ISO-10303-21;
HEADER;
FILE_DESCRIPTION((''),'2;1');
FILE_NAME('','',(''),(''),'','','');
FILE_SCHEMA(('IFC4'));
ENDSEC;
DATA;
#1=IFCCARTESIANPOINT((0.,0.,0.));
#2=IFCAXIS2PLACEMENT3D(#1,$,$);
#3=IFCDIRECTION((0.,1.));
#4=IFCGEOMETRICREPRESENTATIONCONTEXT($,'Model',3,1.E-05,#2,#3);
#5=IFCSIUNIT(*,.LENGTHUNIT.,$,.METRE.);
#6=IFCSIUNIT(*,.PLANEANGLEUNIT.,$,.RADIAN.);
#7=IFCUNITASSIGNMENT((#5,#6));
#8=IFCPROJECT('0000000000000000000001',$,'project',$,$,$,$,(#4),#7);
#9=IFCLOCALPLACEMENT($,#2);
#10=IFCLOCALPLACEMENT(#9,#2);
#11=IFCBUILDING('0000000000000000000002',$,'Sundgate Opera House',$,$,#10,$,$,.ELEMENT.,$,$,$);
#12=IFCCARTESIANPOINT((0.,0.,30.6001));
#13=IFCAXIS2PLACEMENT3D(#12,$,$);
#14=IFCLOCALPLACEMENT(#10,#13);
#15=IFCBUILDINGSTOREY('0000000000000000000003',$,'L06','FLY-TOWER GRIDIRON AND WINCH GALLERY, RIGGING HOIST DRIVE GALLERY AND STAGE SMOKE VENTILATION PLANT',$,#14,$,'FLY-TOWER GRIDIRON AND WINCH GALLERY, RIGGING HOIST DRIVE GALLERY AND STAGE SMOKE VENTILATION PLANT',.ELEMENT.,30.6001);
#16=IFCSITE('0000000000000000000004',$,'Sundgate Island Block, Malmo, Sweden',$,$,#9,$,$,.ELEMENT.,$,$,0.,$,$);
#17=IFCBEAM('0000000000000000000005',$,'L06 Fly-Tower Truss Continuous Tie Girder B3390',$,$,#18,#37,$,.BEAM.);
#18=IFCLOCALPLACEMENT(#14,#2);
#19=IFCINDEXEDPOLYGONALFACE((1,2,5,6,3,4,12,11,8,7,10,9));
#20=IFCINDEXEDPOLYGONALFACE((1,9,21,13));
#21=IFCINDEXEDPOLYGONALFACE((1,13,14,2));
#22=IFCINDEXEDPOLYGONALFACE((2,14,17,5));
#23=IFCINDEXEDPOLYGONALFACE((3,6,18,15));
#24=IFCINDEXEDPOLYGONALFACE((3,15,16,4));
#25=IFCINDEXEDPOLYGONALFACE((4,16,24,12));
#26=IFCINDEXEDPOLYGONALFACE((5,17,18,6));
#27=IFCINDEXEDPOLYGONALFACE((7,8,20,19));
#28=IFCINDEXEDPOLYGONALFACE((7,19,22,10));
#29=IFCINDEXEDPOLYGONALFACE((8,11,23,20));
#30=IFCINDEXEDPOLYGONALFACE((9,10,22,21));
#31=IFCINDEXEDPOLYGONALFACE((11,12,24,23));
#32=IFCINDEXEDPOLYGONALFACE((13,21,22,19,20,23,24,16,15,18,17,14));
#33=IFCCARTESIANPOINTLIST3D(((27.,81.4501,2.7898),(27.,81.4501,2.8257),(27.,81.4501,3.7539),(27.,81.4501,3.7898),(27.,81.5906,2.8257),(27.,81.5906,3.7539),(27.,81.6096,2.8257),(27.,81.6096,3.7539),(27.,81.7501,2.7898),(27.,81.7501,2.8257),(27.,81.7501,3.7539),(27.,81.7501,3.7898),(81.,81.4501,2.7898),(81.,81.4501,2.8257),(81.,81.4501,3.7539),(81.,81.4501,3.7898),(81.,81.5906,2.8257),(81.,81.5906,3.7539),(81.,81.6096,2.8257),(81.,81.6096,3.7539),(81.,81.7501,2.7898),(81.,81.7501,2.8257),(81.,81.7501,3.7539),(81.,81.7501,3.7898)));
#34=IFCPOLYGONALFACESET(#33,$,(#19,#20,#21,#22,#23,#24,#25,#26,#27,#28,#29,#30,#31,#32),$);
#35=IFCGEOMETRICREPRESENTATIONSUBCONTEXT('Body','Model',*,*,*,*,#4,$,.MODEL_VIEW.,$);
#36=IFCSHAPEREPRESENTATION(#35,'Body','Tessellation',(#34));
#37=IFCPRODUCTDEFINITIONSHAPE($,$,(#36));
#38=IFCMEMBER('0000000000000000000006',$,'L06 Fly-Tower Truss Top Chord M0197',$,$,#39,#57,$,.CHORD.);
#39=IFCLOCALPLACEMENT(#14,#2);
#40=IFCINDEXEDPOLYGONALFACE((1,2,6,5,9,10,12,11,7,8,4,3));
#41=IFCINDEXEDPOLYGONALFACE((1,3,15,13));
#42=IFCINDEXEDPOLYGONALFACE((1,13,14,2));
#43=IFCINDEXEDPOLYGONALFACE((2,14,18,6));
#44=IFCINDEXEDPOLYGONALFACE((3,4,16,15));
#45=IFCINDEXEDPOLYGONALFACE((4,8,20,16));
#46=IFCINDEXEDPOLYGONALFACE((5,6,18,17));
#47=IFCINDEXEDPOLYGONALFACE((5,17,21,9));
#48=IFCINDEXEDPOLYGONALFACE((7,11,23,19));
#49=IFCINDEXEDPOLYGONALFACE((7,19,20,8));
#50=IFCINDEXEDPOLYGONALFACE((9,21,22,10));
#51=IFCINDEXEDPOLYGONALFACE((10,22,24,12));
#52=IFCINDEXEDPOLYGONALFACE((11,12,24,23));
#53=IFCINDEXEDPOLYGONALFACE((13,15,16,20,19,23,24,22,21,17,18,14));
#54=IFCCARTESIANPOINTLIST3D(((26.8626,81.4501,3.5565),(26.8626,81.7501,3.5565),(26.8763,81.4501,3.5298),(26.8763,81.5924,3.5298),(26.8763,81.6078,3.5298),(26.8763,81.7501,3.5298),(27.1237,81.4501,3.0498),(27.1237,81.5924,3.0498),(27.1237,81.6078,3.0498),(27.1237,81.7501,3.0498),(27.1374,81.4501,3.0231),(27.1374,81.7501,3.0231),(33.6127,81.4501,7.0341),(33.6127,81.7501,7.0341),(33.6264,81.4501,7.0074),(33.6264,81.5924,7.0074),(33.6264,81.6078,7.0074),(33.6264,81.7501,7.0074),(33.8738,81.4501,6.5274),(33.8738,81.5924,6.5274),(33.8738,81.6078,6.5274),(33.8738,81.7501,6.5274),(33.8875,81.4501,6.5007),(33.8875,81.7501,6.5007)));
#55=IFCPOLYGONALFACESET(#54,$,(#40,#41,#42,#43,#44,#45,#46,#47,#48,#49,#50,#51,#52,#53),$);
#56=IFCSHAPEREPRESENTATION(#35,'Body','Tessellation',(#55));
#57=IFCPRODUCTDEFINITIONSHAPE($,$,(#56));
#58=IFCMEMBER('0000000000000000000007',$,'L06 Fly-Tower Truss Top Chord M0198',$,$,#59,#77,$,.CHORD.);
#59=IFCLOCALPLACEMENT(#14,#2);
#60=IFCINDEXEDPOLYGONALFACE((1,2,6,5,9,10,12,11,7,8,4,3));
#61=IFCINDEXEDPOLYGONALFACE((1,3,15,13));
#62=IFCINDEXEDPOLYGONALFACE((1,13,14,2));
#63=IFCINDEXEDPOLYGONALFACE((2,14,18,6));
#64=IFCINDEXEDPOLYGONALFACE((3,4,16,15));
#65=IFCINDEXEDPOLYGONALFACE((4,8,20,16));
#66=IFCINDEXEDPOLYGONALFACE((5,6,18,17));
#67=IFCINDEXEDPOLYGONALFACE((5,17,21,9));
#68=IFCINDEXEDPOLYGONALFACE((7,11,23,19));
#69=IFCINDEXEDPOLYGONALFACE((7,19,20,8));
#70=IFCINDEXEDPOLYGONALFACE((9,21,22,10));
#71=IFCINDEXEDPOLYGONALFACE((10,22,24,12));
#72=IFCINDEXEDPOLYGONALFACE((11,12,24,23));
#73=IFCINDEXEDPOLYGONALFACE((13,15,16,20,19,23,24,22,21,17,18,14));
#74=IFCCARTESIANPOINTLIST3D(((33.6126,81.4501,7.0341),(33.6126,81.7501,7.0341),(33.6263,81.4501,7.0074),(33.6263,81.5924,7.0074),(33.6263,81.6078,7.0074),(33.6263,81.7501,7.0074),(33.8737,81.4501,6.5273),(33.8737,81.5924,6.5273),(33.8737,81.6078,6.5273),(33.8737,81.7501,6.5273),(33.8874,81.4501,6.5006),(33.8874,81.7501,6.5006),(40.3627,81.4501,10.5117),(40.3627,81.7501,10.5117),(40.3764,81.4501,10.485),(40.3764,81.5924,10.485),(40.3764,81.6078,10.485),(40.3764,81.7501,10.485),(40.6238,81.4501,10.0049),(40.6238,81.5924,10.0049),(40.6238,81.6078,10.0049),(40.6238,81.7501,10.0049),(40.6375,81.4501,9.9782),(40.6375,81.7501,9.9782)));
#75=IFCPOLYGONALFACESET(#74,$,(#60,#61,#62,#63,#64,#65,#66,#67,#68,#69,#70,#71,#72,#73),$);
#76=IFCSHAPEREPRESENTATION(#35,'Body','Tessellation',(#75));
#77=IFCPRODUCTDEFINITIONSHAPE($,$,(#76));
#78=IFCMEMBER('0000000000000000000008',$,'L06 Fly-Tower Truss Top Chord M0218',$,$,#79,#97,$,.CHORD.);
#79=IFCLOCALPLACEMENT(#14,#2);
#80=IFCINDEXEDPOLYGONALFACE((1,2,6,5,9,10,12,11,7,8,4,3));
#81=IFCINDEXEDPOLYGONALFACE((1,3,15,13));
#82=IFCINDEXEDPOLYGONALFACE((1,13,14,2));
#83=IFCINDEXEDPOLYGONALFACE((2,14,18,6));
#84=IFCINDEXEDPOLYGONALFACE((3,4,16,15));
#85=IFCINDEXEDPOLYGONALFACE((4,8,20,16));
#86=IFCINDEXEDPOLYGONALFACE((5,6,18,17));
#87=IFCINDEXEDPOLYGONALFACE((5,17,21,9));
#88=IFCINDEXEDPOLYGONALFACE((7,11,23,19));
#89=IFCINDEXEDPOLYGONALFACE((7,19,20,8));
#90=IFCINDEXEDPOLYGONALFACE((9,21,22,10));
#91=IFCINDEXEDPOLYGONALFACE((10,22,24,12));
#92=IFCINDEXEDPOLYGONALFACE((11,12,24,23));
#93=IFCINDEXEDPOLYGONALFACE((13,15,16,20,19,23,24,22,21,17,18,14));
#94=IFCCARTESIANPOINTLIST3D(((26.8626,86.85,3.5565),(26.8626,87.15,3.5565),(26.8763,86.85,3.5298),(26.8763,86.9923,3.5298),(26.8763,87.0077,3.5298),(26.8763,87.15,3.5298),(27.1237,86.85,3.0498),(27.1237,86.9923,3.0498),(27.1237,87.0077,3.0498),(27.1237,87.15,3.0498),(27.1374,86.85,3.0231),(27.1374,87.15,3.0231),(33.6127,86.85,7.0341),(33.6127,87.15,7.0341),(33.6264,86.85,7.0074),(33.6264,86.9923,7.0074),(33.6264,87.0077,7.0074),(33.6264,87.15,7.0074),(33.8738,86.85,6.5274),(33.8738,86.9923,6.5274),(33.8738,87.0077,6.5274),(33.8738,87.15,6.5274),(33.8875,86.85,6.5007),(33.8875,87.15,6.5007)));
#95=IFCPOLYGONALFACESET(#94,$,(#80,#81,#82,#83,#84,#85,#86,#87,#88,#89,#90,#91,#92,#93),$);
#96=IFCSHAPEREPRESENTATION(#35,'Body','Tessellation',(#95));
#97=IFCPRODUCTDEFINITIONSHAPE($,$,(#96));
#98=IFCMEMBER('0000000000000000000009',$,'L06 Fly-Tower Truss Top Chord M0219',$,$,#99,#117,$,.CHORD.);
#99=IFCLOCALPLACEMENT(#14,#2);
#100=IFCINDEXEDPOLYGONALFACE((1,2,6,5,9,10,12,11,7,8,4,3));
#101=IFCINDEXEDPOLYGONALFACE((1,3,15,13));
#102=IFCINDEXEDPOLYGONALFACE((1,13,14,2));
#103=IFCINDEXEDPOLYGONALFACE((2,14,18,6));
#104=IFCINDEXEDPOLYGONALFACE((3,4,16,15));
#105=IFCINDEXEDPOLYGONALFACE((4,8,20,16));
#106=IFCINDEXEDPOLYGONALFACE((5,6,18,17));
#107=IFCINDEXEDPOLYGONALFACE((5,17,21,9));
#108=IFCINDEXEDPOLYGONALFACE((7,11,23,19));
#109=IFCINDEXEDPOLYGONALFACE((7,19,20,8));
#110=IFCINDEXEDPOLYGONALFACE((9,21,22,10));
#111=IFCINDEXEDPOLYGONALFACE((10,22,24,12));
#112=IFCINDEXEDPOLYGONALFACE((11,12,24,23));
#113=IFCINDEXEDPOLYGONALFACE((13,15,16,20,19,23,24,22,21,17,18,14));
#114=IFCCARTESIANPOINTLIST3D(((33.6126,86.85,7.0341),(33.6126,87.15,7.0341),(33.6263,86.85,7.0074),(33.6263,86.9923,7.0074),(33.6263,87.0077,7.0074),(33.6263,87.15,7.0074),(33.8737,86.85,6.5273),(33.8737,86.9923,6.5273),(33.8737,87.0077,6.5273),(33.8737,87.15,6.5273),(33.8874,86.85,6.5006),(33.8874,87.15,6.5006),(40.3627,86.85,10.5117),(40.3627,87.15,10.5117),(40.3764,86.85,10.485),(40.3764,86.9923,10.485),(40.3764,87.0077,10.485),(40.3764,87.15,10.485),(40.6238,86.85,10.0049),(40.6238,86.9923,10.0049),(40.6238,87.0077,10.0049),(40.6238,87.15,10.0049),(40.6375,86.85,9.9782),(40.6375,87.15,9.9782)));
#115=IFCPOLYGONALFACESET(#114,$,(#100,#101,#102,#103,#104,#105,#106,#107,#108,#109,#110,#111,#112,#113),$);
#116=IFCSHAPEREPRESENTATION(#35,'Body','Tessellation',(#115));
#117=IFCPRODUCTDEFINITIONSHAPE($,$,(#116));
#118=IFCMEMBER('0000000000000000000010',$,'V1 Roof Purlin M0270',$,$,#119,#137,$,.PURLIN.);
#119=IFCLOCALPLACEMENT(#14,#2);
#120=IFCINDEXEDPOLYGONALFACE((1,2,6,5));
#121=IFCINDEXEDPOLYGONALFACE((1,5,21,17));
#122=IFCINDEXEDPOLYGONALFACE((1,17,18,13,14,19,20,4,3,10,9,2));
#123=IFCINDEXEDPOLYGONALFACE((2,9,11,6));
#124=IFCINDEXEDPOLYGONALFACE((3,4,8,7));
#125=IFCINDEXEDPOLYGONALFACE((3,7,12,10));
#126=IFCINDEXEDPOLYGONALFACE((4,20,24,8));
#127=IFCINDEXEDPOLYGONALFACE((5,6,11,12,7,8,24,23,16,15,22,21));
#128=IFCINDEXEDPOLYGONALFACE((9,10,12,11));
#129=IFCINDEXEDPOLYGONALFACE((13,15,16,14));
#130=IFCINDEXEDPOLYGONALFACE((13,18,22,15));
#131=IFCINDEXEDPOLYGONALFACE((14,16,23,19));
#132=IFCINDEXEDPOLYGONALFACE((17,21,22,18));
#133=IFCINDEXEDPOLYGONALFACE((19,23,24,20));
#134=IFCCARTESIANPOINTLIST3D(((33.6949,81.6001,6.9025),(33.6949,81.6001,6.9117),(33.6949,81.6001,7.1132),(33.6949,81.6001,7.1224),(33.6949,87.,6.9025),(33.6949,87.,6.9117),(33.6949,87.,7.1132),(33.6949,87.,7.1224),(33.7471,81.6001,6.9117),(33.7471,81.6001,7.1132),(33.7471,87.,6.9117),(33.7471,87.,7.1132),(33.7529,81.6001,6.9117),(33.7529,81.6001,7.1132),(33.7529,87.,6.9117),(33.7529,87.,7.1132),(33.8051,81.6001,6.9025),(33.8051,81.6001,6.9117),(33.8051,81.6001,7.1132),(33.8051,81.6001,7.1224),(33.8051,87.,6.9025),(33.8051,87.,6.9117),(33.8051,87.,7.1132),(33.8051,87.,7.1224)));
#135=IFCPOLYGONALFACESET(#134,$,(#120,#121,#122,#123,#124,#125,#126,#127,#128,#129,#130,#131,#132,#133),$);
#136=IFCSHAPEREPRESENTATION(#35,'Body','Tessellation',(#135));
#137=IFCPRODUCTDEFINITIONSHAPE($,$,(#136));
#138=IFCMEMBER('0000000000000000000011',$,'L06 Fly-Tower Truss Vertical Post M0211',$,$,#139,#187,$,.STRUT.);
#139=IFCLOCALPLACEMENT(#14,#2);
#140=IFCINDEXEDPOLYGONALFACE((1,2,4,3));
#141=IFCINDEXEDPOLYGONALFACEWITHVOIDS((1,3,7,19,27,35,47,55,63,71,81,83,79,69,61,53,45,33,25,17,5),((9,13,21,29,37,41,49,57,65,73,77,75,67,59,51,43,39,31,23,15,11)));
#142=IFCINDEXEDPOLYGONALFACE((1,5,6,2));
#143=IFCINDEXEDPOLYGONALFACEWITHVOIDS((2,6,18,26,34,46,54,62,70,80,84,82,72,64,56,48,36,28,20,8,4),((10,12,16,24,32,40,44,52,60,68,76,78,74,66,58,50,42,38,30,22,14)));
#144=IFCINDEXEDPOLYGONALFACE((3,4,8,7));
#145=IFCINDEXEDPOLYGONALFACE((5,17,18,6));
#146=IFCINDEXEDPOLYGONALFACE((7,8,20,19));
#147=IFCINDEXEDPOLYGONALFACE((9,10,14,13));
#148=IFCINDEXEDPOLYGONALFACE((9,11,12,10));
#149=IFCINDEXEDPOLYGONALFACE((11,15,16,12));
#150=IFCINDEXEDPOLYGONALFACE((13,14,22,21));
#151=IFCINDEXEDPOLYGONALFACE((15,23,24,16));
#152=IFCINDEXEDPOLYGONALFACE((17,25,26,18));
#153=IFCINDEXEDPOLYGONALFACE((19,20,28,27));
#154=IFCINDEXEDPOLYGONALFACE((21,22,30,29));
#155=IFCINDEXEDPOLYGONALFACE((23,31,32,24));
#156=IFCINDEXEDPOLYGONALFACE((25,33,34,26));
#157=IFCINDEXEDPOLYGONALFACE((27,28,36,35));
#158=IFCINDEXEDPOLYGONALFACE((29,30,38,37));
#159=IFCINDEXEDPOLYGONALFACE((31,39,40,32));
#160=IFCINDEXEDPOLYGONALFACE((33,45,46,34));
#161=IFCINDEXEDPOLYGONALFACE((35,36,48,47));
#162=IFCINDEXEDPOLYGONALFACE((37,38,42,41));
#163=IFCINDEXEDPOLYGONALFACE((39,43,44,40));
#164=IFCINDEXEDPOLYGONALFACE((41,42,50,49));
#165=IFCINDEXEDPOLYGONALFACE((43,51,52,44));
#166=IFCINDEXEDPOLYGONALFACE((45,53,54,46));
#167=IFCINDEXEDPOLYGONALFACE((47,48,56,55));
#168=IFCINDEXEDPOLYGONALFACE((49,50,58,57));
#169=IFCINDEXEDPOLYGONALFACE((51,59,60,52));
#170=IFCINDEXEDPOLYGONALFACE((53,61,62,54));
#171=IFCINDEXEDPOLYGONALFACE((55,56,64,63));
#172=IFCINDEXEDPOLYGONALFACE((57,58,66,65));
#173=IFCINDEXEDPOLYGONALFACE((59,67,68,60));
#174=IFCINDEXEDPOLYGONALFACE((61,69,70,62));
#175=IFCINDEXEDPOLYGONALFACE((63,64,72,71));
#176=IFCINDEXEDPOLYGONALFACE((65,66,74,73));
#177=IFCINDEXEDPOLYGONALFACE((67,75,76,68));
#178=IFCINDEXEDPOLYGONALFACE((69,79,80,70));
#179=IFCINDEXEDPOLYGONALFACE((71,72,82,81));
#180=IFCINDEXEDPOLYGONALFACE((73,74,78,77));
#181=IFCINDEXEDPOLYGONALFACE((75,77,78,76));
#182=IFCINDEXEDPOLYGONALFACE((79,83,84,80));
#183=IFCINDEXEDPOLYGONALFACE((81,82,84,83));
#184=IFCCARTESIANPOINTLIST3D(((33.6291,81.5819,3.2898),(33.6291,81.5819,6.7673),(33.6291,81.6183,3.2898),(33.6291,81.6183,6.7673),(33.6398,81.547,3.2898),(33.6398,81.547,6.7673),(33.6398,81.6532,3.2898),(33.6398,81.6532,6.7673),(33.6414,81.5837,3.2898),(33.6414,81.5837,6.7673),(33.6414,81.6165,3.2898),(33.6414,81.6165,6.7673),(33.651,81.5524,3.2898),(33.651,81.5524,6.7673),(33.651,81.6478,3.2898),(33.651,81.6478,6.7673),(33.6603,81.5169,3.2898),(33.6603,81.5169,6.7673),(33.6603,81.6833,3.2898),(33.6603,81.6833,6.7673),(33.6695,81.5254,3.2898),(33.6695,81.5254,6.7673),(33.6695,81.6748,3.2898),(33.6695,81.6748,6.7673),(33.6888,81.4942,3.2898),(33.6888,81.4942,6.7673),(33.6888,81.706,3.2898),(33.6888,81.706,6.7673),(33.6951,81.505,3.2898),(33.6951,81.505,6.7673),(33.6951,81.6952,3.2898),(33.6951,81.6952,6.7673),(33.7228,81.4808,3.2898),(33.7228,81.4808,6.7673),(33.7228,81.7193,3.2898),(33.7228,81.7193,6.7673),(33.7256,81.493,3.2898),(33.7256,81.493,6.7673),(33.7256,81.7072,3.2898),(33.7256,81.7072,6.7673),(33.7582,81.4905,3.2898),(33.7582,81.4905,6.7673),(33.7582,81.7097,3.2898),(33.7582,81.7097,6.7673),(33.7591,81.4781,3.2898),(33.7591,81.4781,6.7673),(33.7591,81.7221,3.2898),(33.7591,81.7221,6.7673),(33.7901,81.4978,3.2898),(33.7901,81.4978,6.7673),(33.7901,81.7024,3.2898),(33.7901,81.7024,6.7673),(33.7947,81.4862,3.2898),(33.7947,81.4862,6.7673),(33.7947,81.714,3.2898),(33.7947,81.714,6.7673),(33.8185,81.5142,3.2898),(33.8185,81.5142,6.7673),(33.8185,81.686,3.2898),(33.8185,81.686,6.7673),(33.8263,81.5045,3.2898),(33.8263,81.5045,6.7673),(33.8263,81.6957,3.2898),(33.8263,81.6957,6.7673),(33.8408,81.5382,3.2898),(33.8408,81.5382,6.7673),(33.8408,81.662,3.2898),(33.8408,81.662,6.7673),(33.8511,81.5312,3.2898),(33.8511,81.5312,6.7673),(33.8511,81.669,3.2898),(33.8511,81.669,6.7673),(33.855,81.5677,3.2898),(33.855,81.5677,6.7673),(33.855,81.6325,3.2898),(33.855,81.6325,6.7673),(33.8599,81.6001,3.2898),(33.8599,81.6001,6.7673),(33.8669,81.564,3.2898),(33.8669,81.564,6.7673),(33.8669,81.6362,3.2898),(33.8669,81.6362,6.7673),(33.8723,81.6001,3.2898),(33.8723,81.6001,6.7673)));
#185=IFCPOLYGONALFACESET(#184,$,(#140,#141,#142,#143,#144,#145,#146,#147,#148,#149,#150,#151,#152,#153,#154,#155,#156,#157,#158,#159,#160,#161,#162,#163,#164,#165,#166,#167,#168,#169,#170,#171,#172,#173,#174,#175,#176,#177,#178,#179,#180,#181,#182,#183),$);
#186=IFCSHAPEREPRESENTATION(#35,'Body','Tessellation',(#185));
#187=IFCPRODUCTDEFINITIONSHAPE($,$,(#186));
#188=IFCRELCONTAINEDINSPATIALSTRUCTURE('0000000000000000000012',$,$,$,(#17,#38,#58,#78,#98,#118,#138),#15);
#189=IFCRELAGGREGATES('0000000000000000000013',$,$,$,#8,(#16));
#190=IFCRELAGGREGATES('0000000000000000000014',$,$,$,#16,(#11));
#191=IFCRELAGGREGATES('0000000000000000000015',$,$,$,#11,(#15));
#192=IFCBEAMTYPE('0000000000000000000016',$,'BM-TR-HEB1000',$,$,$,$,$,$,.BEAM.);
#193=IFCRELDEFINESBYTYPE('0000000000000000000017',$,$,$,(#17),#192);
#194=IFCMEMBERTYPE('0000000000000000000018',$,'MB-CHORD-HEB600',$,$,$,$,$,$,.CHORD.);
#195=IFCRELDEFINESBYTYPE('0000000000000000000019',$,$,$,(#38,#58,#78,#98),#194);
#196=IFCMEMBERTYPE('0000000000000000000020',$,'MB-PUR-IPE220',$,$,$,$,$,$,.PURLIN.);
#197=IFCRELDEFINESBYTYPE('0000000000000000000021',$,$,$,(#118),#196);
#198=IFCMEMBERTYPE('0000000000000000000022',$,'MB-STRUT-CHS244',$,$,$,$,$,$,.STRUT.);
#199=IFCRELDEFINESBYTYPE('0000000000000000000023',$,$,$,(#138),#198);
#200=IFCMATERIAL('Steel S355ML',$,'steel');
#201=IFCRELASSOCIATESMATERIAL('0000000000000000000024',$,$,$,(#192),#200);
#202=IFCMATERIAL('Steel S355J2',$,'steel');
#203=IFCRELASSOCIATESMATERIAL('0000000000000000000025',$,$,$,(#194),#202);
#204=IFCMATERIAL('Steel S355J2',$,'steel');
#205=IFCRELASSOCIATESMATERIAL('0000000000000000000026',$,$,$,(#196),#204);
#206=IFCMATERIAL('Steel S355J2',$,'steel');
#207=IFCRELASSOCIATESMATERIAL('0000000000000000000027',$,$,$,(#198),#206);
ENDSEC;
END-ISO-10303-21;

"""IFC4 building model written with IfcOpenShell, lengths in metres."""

from ifc_helpers import new_model, si_unit, direction, frame, origin, origin_2d, place, context, subcontext, project, spatial, hollow_circle, i_section, extrude, material, material_profile, profile_set, type_object, element, save


model = new_model("IFC4")

# Units and contexts
model_context = context("Model", 3, precision=1e-05, world=origin(), true_north=direction((0.0, 1.0)))
body_context = subcontext(model_context, "Body", "Model", "MODEL_VIEW")
ifc_project = project(units=[si_unit("LENGTHUNIT", "METRE"), si_unit("PLANEANGLEUNIT", "RADIAN")], contexts=[model_context])

# Site, building, storey
site_placement = place(None, origin())
site = spatial("IfcSite", under=ifc_project, at=site_placement, Name="Sundgate Island Block, Malmo, Sweden", CompositionType="ELEMENT", RefElevation=0.0)
building_placement = place(site_placement, origin())
building = spatial("IfcBuilding", under=site, at=building_placement, Name="Sundgate Opera House", CompositionType="ELEMENT")
storey_placement = place(building_placement, frame((0.0, 0.0, 30.6001)))
storey = spatial("IfcBuildingStorey", under=building, at=storey_placement, Name="L06", Description="FLY-TOWER GRIDIRON AND WINCH GALLERY, RIGGING HOIST DRIVE GALLERY AND STAGE SMOKE VENTILATION PLANT", LongName="FLY-TOWER GRIDIRON AND WINCH GALLERY, RIGGING HOIST DRIVE GALLERY AND STAGE SMOKE VENTILATION PLANT", CompositionType="ELEMENT", Elevation=30.6001)

# Beam
ifc_material_1 = material(Name="Steel S355ML", Category="steel")
ifc_material_profile_1 = material_profile(ifc_material_1, i_section(OverallWidth=0.3, OverallDepth=1.0, WebThickness=0.019, FlangeThickness=0.0359, at=origin_2d()), Name="HEB 1000")
ifc_profile_set_1 = profile_set([ifc_material_profile_1], Name="Steel S355ML")
beam_type_1 = type_object("IfcBeamType", Name="BM-TR-HEB1000", PredefinedType="BEAM", material=ifc_profile_set_1)
beam_1_placement = place(storey_placement, frame((27.0, 81.6001, 3.2898), z_axis=(1.0, 0.0, 0.0), x_axis=(0.0, 1.0, 0.0)))
element("IfcBeam", 1, at=beam_1_placement, inside=storey, type_object=beam_type_1, Name="L06 Fly-Tower Truss Continuous Tie Girder B3390", PredefinedType="BEAM", context=body_context, shape_type="SweptSolid", body=[
    extrude(i_section(OverallWidth=0.3, OverallDepth=1.0, WebThickness=0.019, FlangeThickness=0.0359, at=origin_2d()), origin(), (0.0, 0.0, 1.0), 54.0),
])

# Members
ifc_material_2 = material(Name="Steel S355J2", Category="steel")
ifc_material_profile_2 = material_profile(ifc_material_2, i_section(OverallWidth=0.3, OverallDepth=0.6001, WebThickness=0.0154, FlangeThickness=0.03, at=origin_2d()), Name="HEB 600")
ifc_profile_set_2 = profile_set([ifc_material_profile_2], Name="Steel S355J2")
member_type_1 = type_object("IfcMemberType", Name="MB-CHORD-HEB600", PredefinedType="CHORD", material=ifc_profile_set_2)
for number, where, z_axis, x_axis, name in (
    (2, (27.0, 81.6001, 3.2898), (0.88896, 0.0, 0.457984), (0.0, 1.0, 0.0), "L06 Fly-Tower Truss Top Chord M0197"),
    (3, (33.75, 81.6001, 6.7673), (0.88896, 0.0, 0.457984), (0.0, 1.0, 0.0), "L06 Fly-Tower Truss Top Chord M0198"),
    (4, (27.0, 87.0, 3.2898), (0.88896, 0.0, 0.457984), (0.0, 1.0, 0.0), "L06 Fly-Tower Truss Top Chord M0218"),
    (5, (33.75, 87.0, 6.7673), (0.88896, 0.0, 0.457984), (0.0, 1.0, 0.0), "L06 Fly-Tower Truss Top Chord M0219"),
):
    element("IfcMember", number, at=place(storey_placement, frame(where, z_axis=z_axis, x_axis=x_axis)), inside=storey, type_object=member_type_1, Name=name, PredefinedType="CHORD", context=body_context, shape_type="SweptSolid", body=[
        extrude(i_section(OverallWidth=0.3, OverallDepth=0.6001, WebThickness=0.0154, FlangeThickness=0.03, at=origin_2d()), origin(), (0.0, 0.0, 1.0), 7.5933),
    ])
ifc_material_3 = material(Name="Steel S355J2", Category="steel")
ifc_material_profile_3 = material_profile(ifc_material_3, i_section(OverallWidth=0.1101, OverallDepth=0.22, WebThickness=0.0059, FlangeThickness=0.0093, at=origin_2d()), Name="IPE 220")
ifc_profile_set_3 = profile_set([ifc_material_profile_3], Name="Steel S355J2")
member_type_2 = type_object("IfcMemberType", Name="MB-PUR-IPE220", PredefinedType="PURLIN", material=ifc_profile_set_3)
member_1_placement = place(storey_placement, frame((33.75, 81.6001, 7.0125), z_axis=(0.0, 1.0, 0.0), x_axis=(-1.0, 0.0, 0.0)))
element("IfcMember", 6, at=member_1_placement, inside=storey, type_object=member_type_2, Name="V1 Roof Purlin M0270", PredefinedType="PURLIN", context=body_context, shape_type="SweptSolid", body=[
    extrude(i_section(OverallWidth=0.1101, OverallDepth=0.22, WebThickness=0.0059, FlangeThickness=0.0093, at=origin_2d()), origin(), (0.0, 0.0, 1.0), 5.3999),
])
ifc_material_4 = material(Name="Steel S355J2", Category="steel")
ifc_material_profile_4 = material_profile(ifc_material_4, hollow_circle(Radius=0.1223, WallThickness=0.0125, at=origin_2d()), Name="CHS 244.5x12.5")
ifc_profile_set_4 = profile_set([ifc_material_profile_4], Name="Steel S355J2")
member_type_3 = type_object("IfcMemberType", Name="MB-STRUT-CHS244", PredefinedType="STRUT", material=ifc_profile_set_4)
member_2_placement = place(storey_placement, frame((33.75, 81.6001, 3.2898), z_axis=(0.0, 0.0, 1.0), x_axis=(1.0, 0.0, 0.0)))
element("IfcMember", 7, at=member_2_placement, inside=storey, type_object=member_type_3, Name="L06 Fly-Tower Truss Vertical Post M0211", PredefinedType="STRUT", context=body_context, shape_type="SweptSolid", body=[
    extrude(hollow_circle(Radius=0.1223, WallThickness=0.0125, at=origin_2d()), origin(), (0.0, 0.0, 1.0), 3.4775),
])

save(model, "model.ifc")
